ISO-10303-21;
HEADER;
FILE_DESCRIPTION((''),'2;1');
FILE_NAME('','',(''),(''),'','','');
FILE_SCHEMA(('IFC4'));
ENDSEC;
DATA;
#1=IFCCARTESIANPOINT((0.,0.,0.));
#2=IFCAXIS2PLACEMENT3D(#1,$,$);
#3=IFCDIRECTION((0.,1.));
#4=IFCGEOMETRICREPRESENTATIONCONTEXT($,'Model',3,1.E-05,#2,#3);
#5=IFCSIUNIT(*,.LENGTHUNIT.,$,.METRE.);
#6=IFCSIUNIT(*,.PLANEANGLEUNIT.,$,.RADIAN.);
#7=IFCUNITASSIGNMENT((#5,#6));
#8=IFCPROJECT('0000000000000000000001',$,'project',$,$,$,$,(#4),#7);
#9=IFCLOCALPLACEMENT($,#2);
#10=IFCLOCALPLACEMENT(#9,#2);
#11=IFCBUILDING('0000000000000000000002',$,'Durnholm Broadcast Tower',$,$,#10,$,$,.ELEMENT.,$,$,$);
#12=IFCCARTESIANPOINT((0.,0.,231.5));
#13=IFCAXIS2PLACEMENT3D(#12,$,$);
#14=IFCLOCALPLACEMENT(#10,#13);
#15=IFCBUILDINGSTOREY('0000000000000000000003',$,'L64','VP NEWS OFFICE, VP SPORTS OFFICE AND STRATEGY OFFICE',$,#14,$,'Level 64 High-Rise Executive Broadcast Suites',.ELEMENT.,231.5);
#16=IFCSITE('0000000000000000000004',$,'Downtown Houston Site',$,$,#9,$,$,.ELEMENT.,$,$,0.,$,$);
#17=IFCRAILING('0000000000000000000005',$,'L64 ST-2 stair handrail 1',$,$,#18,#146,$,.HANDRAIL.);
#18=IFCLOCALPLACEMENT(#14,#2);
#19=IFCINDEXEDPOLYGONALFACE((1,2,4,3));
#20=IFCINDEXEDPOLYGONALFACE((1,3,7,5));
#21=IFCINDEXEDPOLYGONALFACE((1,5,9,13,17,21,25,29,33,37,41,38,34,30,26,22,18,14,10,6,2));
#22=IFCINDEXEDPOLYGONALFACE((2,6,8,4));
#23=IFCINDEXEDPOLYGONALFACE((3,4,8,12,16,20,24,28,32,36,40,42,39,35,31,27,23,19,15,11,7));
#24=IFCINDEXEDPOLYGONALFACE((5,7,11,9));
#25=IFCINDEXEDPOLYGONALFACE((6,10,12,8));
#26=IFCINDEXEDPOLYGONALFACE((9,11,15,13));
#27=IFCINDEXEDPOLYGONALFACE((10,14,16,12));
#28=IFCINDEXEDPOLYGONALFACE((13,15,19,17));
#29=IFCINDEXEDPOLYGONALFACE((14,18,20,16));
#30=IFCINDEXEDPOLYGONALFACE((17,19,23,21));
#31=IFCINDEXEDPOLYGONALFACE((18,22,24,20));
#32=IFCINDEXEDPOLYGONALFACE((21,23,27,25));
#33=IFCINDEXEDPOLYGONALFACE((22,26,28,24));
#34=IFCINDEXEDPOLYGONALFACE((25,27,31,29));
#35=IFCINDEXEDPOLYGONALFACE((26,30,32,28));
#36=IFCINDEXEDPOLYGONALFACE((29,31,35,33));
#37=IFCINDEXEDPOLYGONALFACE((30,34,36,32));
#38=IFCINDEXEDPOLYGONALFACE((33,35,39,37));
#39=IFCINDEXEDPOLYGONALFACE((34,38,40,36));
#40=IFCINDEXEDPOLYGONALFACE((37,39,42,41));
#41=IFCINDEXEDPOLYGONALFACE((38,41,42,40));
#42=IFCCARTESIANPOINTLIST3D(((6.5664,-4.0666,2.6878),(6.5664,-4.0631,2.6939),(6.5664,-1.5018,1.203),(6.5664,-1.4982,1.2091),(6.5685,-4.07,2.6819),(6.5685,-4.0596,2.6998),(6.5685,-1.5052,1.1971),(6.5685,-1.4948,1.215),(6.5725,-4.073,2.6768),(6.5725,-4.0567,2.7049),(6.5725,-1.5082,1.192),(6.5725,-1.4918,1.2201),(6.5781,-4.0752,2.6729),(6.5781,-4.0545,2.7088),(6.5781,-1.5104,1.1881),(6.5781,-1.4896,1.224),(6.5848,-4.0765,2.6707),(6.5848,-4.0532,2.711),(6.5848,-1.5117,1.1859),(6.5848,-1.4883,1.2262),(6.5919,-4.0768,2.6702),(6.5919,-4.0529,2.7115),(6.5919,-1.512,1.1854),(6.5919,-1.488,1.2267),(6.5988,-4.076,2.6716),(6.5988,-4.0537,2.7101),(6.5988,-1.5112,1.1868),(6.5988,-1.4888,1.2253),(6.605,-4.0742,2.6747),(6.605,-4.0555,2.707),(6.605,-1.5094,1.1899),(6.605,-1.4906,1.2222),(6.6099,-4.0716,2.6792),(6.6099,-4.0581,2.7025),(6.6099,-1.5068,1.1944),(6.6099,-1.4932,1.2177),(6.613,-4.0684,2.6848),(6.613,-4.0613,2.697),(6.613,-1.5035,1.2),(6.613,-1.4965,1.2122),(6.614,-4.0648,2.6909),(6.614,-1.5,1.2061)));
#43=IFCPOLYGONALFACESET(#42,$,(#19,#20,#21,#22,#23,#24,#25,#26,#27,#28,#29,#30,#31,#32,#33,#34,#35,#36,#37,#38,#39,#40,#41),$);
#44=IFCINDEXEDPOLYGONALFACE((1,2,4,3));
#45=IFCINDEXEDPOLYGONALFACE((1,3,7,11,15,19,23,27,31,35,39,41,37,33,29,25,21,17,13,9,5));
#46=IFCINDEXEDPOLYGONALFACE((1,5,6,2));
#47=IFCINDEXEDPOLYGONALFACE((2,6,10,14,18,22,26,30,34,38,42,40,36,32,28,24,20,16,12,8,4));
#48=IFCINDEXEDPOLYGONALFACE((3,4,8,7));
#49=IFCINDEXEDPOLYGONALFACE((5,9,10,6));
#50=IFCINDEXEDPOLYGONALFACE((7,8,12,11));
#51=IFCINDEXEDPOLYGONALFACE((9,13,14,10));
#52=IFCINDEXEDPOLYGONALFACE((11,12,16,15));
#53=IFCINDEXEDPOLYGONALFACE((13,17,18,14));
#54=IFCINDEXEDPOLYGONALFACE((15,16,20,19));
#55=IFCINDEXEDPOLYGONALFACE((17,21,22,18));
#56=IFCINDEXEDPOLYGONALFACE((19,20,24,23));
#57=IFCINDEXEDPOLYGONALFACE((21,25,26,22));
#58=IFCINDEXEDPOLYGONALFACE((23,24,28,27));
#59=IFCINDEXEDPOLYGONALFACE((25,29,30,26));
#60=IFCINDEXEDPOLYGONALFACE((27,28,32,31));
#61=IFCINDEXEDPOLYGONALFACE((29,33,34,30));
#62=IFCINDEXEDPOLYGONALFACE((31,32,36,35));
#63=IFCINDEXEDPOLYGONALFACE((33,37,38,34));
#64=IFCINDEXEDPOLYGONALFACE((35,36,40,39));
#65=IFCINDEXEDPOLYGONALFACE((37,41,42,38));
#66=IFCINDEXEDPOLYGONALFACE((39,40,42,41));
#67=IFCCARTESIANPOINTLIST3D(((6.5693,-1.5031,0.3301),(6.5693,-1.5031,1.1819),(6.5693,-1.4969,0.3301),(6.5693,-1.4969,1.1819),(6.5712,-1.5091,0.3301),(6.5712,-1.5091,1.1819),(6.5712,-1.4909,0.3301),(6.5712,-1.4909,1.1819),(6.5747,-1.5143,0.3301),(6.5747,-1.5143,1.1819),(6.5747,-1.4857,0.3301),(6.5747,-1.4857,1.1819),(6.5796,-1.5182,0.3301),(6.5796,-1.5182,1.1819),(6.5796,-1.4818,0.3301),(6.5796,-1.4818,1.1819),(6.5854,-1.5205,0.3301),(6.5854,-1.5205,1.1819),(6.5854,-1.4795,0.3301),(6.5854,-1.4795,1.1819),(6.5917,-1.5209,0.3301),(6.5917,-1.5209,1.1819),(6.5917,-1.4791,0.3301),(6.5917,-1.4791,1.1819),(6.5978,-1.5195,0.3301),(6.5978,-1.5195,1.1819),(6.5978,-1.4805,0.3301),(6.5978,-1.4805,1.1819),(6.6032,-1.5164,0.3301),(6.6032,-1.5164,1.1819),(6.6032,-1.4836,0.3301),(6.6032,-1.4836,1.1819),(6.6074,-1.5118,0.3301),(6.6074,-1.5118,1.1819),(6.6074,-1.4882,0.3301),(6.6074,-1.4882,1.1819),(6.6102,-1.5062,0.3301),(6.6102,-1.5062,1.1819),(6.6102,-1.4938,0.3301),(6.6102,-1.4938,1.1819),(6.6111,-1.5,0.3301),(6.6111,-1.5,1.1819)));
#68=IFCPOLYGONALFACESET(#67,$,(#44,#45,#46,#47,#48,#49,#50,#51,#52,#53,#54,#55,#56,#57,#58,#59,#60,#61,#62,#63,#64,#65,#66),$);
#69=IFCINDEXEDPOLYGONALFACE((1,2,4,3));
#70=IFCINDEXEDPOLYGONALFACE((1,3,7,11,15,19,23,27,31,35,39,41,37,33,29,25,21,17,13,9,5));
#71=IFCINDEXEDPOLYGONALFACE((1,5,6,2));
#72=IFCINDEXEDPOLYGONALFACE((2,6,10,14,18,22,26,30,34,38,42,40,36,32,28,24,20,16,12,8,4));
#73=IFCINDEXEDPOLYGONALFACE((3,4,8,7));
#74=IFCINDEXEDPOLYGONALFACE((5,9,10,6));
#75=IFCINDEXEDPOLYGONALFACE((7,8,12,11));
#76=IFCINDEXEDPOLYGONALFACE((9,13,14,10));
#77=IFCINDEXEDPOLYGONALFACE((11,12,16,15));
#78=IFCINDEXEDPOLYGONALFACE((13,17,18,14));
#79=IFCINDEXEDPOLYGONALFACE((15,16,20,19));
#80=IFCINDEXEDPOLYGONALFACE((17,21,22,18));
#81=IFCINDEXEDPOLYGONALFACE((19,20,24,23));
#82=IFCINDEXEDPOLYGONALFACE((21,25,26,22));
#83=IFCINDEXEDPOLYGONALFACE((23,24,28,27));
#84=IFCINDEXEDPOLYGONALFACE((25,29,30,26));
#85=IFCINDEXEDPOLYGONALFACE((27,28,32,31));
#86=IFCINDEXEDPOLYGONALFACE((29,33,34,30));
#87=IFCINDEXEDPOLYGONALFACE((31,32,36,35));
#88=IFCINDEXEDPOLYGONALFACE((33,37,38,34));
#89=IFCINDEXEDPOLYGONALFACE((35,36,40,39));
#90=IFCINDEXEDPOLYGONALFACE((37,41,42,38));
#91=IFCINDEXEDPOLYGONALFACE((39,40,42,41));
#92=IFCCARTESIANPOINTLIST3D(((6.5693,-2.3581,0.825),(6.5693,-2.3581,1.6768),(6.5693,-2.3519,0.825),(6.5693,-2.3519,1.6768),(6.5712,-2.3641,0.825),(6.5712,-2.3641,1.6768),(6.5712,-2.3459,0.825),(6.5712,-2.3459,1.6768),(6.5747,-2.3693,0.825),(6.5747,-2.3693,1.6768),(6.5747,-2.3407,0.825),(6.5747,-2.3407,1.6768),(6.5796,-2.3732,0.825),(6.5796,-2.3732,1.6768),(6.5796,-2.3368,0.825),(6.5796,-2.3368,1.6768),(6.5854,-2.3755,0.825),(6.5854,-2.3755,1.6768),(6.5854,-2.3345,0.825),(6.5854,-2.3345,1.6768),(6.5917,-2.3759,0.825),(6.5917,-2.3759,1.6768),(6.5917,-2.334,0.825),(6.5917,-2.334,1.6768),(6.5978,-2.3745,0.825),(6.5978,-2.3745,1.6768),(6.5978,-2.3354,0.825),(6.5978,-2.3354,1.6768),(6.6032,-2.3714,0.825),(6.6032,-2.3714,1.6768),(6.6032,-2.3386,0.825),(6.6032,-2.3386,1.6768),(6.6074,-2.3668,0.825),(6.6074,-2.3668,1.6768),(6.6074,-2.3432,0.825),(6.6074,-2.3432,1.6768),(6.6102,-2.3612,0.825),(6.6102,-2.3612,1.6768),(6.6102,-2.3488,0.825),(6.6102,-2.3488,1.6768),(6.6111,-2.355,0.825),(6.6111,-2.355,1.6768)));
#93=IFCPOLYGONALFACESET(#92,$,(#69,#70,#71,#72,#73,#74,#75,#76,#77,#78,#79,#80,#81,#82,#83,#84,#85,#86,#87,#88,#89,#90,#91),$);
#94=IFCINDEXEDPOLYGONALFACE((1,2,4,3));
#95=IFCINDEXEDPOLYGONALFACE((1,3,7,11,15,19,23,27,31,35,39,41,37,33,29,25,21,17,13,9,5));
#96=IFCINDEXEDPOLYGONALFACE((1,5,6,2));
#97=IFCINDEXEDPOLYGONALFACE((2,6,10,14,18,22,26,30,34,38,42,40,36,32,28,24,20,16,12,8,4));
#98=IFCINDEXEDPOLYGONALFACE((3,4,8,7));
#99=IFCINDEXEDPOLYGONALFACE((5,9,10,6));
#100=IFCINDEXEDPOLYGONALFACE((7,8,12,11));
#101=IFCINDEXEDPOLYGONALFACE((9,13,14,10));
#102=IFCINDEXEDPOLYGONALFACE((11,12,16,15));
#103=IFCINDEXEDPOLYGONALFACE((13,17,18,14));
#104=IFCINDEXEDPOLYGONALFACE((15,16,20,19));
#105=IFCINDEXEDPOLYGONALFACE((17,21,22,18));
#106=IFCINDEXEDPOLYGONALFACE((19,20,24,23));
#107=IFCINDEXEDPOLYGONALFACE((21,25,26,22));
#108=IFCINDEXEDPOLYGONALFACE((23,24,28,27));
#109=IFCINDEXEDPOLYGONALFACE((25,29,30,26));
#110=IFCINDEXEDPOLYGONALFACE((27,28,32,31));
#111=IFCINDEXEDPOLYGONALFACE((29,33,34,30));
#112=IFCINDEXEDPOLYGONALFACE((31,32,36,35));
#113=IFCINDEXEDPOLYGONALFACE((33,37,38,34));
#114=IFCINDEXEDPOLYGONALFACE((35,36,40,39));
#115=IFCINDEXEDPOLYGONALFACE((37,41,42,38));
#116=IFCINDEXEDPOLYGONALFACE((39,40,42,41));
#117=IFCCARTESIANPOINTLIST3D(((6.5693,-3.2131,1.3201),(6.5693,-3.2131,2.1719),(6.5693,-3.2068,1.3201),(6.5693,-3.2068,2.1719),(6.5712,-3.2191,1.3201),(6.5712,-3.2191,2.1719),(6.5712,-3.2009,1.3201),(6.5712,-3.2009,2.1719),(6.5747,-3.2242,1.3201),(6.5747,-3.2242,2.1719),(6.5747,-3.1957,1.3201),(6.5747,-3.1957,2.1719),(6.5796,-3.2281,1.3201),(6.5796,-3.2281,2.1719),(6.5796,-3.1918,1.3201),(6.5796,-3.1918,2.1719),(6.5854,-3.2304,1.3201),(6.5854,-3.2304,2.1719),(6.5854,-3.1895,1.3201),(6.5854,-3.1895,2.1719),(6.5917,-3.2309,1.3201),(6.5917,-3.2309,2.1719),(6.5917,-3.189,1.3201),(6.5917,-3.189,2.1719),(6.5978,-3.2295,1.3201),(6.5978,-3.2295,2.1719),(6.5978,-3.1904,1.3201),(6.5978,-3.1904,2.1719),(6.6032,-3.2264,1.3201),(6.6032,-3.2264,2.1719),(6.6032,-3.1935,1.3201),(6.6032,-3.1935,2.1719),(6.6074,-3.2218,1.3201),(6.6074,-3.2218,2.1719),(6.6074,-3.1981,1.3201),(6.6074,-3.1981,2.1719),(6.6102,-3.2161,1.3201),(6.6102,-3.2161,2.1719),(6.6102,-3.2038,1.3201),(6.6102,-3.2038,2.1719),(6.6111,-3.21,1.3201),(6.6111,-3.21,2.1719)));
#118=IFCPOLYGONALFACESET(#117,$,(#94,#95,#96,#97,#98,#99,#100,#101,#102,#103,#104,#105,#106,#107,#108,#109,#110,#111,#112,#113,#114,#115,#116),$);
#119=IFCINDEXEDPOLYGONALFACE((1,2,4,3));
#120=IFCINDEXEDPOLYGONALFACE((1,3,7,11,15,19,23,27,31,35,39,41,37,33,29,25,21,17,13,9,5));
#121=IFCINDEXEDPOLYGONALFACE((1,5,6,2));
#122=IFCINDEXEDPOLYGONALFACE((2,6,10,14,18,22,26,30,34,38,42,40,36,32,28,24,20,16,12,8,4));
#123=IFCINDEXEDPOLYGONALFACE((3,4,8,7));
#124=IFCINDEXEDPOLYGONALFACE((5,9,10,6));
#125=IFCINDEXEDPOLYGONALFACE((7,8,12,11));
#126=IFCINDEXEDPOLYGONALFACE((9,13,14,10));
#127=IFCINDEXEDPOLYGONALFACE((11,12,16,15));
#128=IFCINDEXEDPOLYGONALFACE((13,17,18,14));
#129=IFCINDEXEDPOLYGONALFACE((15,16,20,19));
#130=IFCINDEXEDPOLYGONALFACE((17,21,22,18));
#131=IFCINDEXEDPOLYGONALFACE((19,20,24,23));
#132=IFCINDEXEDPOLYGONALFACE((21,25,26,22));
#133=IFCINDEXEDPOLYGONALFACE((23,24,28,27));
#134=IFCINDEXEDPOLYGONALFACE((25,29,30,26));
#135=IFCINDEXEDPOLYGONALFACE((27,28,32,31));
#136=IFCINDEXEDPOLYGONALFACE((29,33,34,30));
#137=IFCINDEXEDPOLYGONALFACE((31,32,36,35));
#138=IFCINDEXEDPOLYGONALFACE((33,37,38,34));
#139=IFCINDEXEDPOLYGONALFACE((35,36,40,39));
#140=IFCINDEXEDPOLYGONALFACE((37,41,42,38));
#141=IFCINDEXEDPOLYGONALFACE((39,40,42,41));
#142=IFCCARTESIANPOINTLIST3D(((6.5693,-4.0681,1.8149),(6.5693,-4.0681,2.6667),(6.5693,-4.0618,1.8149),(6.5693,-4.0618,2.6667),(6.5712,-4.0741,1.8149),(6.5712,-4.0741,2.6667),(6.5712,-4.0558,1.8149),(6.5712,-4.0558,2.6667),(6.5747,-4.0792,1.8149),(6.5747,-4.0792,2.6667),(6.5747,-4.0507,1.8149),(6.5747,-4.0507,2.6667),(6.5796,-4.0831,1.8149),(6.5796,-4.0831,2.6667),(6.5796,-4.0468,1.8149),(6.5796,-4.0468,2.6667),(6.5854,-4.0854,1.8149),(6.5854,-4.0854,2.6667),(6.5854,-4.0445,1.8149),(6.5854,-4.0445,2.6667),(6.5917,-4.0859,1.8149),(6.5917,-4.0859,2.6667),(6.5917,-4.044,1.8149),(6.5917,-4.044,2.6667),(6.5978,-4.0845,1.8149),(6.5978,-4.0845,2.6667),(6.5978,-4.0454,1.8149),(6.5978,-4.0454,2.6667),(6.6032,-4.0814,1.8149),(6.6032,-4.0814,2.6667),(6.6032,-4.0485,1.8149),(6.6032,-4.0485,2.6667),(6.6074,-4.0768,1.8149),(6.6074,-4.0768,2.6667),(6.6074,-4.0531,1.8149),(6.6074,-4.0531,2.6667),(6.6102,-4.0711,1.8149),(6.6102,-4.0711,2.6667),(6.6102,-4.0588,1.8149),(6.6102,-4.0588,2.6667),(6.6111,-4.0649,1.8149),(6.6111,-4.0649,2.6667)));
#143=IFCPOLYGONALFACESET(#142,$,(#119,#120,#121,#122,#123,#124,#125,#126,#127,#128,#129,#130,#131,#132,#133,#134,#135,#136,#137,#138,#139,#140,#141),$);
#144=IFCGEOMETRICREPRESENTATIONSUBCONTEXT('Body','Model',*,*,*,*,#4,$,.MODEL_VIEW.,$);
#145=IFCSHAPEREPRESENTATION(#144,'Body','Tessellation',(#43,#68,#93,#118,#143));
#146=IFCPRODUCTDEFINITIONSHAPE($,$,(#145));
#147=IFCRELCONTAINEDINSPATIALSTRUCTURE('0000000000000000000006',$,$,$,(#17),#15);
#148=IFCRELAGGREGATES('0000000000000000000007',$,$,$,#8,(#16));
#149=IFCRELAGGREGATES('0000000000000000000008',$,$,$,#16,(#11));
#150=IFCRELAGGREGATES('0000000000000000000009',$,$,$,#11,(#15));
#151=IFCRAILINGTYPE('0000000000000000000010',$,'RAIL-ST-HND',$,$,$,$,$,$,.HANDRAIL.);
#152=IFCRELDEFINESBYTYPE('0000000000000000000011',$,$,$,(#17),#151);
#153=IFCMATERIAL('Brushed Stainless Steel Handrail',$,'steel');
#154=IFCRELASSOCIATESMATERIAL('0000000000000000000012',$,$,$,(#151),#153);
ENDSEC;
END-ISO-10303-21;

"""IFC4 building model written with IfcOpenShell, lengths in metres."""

from ifc_helpers import new_model, si_unit, direction, frame, origin, origin_2d, place, context, subcontext, project, spatial, circle, extrude, material, type_object, element, save


model = new_model("IFC4")

# Units and contexts
model_context = context("Model", 3, precision=1e-05, world=origin(), true_north=direction((0.0, 1.0)))
body_context = subcontext(model_context, "Body", "Model", "MODEL_VIEW")
ifc_project = project(units=[si_unit("LENGTHUNIT", "METRE"), si_unit("PLANEANGLEUNIT", "RADIAN")], contexts=[model_context])

# Site, building, storey
site_placement = place(None, origin())
site = spatial("IfcSite", under=ifc_project, at=site_placement, Name="Downtown Houston Site", CompositionType="ELEMENT", RefElevation=0.0)
building_placement = place(site_placement, origin())
building = spatial("IfcBuilding", under=site, at=building_placement, Name="Durnholm Broadcast Tower", CompositionType="ELEMENT")
storey_placement = place(building_placement, frame((0.0, 0.0, 231.5)))
storey = spatial("IfcBuildingStorey", under=building, at=storey_placement, Name="L64", Description="VP NEWS OFFICE, VP SPORTS OFFICE AND STRATEGY OFFICE", LongName="Level 64 High-Rise Executive Broadcast Suites", CompositionType="ELEMENT", Elevation=231.5)

# Railing
ifc_material_1 = material(Name="Brushed Stainless Steel Handrail", Category="steel")
railing_type_1 = type_object("IfcRailingType", Name="RAIL-ST-HND", PredefinedType="HANDRAIL", material=ifc_material_1)
railing_1_placement = place(storey_placement, frame((6.5901, -1.5, 0.3301)))
element("IfcRailing", 1, at=railing_1_placement, inside=storey, type_object=railing_type_1, Name="L64 ST-2 stair handrail 1", PredefinedType="HANDRAIL", context=body_context, shape_type="SweptSolid", body=[
    extrude(circle(Radius=0.0239, at=origin_2d()), frame((0.0, 0.0, 0.876), z_axis=(0.0, -0.865441, 0.50101), x_axis=(1.0, 0.0, 0.0)), (0.0, 0.0, 1.0), 2.9636),
    extrude(circle(Radius=0.021, at=origin_2d()), origin(), (0.0, 0.0, 1.0), 0.8518),
    extrude(circle(Radius=0.021, at=origin_2d()), frame((0.0, -0.855, 0.4949)), (0.0, 0.0, 1.0), 0.8518),
    extrude(circle(Radius=0.021, at=origin_2d()), frame((0.0, -1.71, 0.99)), (0.0, 0.0, 1.0), 0.8518),
    extrude(circle(Radius=0.021, at=origin_2d()), frame((0.0, -2.5649, 1.4849)), (0.0, 0.0, 1.0), 0.8518),
])

save(model, "model.ifc")
